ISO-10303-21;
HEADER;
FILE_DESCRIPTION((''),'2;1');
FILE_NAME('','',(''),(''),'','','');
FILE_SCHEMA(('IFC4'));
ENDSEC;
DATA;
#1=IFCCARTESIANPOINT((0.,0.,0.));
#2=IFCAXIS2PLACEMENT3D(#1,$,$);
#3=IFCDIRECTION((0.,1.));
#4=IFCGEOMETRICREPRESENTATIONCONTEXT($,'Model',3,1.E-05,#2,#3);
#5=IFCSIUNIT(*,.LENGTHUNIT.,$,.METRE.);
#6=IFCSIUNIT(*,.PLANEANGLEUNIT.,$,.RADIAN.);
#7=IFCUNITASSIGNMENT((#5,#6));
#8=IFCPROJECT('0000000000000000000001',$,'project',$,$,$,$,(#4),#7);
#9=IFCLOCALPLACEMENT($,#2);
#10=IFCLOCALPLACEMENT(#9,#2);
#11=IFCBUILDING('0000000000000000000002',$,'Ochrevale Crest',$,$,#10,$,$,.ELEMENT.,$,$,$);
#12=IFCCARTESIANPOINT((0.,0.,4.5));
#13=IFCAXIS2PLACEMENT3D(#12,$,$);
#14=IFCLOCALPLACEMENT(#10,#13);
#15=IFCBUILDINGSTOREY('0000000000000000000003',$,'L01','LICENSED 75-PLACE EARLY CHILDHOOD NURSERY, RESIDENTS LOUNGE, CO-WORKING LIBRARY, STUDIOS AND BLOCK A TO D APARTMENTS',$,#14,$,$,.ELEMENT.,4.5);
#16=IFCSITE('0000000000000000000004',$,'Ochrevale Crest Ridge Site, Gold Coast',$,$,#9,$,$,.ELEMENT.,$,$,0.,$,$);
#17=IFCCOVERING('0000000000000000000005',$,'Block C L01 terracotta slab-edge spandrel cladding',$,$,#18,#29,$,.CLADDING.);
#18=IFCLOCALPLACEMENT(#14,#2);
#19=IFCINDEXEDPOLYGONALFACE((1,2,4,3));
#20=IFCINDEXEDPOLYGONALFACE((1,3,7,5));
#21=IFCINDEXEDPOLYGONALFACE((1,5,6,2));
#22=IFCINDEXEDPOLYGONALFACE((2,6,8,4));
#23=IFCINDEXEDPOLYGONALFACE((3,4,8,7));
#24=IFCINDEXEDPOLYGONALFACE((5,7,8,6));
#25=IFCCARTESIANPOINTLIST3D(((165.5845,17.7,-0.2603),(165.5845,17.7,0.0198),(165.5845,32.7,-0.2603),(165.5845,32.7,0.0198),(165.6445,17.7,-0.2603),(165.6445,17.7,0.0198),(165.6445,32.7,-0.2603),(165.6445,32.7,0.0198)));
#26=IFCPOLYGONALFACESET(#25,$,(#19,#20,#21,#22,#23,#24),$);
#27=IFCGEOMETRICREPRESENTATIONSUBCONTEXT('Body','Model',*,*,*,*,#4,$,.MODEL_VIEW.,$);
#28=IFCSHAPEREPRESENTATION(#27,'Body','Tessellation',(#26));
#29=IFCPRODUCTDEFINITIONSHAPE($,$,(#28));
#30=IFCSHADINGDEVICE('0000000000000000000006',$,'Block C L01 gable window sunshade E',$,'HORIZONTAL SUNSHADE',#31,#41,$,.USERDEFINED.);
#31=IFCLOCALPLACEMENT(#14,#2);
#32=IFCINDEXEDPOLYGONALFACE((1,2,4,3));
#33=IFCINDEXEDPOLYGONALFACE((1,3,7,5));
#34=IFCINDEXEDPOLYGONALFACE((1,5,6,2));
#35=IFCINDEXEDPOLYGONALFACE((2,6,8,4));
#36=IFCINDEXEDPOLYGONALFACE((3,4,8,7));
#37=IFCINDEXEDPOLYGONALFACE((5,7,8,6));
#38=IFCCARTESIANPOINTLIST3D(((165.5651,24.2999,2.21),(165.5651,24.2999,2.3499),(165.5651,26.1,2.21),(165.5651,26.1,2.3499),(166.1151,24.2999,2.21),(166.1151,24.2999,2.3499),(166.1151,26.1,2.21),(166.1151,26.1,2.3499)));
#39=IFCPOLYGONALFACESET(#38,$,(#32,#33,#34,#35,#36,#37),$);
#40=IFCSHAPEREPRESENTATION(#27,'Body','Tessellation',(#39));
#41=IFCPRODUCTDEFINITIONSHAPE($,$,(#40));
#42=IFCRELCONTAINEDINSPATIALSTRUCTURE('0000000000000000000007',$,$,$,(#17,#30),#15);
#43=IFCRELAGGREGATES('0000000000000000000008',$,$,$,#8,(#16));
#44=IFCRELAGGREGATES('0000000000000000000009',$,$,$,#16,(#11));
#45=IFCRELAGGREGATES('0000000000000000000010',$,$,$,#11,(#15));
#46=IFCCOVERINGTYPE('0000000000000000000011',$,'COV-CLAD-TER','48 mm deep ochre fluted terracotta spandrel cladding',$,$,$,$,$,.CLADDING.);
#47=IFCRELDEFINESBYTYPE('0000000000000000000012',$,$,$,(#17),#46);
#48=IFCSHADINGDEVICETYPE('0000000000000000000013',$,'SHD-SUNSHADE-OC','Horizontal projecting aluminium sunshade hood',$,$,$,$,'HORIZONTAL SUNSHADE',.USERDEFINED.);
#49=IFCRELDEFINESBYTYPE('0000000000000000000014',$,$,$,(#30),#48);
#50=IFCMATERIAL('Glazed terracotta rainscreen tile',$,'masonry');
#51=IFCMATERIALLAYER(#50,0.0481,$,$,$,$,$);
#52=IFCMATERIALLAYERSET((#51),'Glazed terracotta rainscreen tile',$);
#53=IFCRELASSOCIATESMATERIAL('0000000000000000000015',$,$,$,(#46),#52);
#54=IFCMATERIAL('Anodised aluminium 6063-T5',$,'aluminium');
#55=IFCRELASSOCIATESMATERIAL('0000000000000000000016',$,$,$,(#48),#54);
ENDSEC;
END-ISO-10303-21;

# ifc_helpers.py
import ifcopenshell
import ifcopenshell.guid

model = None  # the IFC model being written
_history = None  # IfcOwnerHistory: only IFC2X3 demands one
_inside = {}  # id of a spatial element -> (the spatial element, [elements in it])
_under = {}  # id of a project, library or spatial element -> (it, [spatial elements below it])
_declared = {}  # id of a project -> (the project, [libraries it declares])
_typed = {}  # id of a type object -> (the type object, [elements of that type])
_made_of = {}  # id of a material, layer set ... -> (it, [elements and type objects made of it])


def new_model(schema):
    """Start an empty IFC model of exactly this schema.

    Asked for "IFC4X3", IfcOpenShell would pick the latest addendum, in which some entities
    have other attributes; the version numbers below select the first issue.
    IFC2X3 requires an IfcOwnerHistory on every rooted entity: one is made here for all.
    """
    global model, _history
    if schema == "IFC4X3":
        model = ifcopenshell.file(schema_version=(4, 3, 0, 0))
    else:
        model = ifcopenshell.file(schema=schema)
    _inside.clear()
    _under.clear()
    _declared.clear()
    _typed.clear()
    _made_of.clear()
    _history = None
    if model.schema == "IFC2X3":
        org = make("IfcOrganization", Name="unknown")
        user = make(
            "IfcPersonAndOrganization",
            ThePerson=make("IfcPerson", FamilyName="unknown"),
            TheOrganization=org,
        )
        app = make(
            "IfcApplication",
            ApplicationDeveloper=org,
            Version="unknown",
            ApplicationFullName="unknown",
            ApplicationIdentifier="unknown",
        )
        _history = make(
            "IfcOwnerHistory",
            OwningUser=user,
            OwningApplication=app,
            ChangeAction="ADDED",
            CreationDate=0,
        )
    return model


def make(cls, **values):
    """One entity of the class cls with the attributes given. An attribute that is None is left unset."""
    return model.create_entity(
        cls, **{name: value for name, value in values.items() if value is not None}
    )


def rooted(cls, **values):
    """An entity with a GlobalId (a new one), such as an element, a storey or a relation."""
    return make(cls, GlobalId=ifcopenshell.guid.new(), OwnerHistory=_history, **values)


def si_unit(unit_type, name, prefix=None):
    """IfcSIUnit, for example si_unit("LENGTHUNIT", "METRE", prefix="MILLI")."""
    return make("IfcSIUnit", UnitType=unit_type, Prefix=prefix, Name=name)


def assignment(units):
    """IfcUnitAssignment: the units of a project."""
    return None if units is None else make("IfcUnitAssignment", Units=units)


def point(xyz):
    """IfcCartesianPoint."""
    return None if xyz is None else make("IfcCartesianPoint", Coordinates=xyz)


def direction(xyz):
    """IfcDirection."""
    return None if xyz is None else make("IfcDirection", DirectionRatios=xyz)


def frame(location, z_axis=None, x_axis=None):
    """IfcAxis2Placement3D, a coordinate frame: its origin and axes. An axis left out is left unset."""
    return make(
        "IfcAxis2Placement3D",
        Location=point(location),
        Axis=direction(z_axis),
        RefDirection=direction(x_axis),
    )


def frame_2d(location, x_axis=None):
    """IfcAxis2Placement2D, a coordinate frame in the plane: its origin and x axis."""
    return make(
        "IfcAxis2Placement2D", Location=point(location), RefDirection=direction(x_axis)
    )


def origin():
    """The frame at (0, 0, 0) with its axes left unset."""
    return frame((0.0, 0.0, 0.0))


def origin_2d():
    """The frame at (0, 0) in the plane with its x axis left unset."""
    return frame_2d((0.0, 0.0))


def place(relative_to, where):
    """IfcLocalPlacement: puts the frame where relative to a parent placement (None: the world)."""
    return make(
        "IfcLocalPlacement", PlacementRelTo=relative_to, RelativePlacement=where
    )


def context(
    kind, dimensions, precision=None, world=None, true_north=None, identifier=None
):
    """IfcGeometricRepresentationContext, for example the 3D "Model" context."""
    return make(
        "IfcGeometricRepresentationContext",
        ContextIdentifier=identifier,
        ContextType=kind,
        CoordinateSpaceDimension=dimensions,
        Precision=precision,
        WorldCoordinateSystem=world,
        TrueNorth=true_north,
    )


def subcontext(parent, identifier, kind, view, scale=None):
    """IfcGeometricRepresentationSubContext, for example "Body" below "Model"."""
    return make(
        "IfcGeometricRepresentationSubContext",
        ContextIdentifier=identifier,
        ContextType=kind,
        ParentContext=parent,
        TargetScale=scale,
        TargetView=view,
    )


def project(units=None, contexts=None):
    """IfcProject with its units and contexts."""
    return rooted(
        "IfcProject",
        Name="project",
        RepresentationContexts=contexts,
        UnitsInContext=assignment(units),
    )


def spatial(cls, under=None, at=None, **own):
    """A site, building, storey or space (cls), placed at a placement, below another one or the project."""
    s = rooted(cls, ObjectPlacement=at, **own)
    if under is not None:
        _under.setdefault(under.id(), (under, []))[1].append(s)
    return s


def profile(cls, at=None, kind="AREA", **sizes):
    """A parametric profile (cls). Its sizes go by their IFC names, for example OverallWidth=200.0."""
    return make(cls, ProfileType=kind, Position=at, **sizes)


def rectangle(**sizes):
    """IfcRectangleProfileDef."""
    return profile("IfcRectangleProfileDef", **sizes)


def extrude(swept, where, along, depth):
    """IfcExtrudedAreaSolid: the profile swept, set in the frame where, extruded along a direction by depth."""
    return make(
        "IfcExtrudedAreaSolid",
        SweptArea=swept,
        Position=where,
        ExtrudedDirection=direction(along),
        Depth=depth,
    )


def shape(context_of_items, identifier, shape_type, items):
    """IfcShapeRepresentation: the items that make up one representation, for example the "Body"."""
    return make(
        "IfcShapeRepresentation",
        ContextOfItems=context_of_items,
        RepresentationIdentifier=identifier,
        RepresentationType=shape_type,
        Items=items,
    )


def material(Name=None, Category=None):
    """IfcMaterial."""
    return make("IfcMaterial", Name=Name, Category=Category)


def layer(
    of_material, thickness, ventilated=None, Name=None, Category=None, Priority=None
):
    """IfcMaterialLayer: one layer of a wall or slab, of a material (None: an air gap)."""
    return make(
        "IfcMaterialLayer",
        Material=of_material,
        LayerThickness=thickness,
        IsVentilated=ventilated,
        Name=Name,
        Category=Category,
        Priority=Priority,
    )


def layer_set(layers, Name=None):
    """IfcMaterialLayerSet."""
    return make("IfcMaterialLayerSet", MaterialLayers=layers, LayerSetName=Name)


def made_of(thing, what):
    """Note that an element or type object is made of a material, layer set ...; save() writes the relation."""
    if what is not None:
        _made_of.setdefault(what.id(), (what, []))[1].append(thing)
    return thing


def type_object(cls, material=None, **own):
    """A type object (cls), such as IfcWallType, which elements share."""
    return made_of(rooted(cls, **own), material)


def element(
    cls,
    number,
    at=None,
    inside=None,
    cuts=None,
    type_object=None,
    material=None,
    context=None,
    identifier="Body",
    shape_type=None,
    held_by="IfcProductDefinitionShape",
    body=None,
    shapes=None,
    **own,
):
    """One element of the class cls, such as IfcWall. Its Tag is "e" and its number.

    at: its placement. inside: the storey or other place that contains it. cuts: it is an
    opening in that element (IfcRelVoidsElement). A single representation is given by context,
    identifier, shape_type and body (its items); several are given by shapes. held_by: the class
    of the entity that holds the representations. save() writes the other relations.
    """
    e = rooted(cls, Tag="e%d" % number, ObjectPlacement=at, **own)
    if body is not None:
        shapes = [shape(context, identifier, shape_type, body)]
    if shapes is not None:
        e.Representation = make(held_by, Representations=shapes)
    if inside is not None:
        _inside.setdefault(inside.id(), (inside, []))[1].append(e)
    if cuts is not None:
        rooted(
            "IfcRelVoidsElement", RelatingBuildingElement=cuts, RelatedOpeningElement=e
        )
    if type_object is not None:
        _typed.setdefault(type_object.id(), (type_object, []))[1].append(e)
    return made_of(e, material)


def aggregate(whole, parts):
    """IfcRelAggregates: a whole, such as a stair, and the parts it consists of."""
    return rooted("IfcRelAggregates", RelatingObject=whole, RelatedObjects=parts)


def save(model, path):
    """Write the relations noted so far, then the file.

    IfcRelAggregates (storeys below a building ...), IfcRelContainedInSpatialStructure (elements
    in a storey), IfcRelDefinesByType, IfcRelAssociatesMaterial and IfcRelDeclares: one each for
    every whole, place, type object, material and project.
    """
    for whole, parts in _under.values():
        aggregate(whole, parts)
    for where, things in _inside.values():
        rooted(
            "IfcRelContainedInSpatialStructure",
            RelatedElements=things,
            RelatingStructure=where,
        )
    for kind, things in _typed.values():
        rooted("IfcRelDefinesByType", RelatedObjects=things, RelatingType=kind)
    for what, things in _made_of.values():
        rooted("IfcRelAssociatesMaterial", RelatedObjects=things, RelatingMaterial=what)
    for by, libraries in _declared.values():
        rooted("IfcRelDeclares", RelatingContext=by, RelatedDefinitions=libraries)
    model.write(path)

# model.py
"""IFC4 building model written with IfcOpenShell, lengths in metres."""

from ifc_helpers import new_model, si_unit, direction, frame, origin, origin_2d, place, context, subcontext, project, spatial, rectangle, extrude, material, layer, layer_set, type_object, element, save


model = new_model("IFC4")

# Units and contexts
model_context = context("Model", 3, precision=1e-05, world=origin(), true_north=direction((0.0, 1.0)))
body_context = subcontext(model_context, "Body", "Model", "MODEL_VIEW")
ifc_project = project(units=[si_unit("LENGTHUNIT", "METRE"), si_unit("PLANEANGLEUNIT", "RADIAN")], contexts=[model_context])

# Site, building, storey
site_placement = place(None, origin())
site = spatial("IfcSite", under=ifc_project, at=site_placement, Name="Ochrevale Crest Ridge Site, Gold Coast", CompositionType="ELEMENT", RefElevation=0.0)
building_placement = place(site_placement, origin())
building = spatial("IfcBuilding", under=site, at=building_placement, Name="Ochrevale Crest", CompositionType="ELEMENT")
storey_placement = place(building_placement, frame((0.0, 0.0, 4.5)))
storey = spatial("IfcBuildingStorey", under=building, at=storey_placement, Name="L01", Description="LICENSED 75-PLACE EARLY CHILDHOOD NURSERY, RESIDENTS LOUNGE, CO-WORKING LIBRARY, STUDIOS AND BLOCK A TO D APARTMENTS", CompositionType="ELEMENT", Elevation=4.5)

# Shared definitions
ifc_material_1 = material(Name="Anodised aluminium 6063-T5", Category="aluminium")

# Covering
ifc_material_2 = material(Name="Glazed terracotta rainscreen tile", Category="masonry")
ifc_layer_1 = layer(ifc_material_2, 0.0481)
ifc_layer_set_1 = layer_set([ifc_layer_1], Name="Glazed terracotta rainscreen tile")
covering_type = type_object("IfcCoveringType", Name="COV-CLAD-TER", Description="48 mm deep ochre fluted terracotta spandrel cladding", PredefinedType="CLADDING", material=ifc_layer_set_1)
covering_placement = place(storey_placement, frame((165.6145, 25.2, -0.2603), z_axis=(0.0, 0.0, 1.0), x_axis=(0.0, 1.0, 0.0)))
element("IfcCovering", 1, at=covering_placement, inside=storey, type_object=covering_type, Name="Block C L01 terracotta slab-edge spandrel cladding", PredefinedType="CLADDING", context=body_context, shape_type="SweptSolid", body=[
    extrude(rectangle(XDim=15.0, YDim=0.0601, at=origin_2d()), origin(), (0.0, 0.0, 1.0), 0.28),
])

# Shading device
shading_device_type = type_object("IfcShadingDeviceType", Name="SHD-SUNSHADE-OC", Description="Horizontal projecting aluminium sunshade hood", ElementType="HORIZONTAL SUNSHADE", PredefinedType="USERDEFINED", material=ifc_material_1)
shading_device_placement = place(storey_placement, frame((165.8401, 25.2, 2.21), z_axis=(0.0, 0.0, 1.0), x_axis=(1.0, 0.0, 0.0)))
element("IfcShadingDevice", 2, at=shading_device_placement, inside=storey, type_object=shading_device_type, Name="Block C L01 gable window sunshade E", ObjectType="HORIZONTAL SUNSHADE", PredefinedType="USERDEFINED", context=body_context, shape_type="SweptSolid", body=[
    extrude(rectangle(XDim=0.55, YDim=1.8, at=origin_2d()), origin(), (0.0, 0.0, 1.0), 0.1399),
])

save(model, "model.ifc")
